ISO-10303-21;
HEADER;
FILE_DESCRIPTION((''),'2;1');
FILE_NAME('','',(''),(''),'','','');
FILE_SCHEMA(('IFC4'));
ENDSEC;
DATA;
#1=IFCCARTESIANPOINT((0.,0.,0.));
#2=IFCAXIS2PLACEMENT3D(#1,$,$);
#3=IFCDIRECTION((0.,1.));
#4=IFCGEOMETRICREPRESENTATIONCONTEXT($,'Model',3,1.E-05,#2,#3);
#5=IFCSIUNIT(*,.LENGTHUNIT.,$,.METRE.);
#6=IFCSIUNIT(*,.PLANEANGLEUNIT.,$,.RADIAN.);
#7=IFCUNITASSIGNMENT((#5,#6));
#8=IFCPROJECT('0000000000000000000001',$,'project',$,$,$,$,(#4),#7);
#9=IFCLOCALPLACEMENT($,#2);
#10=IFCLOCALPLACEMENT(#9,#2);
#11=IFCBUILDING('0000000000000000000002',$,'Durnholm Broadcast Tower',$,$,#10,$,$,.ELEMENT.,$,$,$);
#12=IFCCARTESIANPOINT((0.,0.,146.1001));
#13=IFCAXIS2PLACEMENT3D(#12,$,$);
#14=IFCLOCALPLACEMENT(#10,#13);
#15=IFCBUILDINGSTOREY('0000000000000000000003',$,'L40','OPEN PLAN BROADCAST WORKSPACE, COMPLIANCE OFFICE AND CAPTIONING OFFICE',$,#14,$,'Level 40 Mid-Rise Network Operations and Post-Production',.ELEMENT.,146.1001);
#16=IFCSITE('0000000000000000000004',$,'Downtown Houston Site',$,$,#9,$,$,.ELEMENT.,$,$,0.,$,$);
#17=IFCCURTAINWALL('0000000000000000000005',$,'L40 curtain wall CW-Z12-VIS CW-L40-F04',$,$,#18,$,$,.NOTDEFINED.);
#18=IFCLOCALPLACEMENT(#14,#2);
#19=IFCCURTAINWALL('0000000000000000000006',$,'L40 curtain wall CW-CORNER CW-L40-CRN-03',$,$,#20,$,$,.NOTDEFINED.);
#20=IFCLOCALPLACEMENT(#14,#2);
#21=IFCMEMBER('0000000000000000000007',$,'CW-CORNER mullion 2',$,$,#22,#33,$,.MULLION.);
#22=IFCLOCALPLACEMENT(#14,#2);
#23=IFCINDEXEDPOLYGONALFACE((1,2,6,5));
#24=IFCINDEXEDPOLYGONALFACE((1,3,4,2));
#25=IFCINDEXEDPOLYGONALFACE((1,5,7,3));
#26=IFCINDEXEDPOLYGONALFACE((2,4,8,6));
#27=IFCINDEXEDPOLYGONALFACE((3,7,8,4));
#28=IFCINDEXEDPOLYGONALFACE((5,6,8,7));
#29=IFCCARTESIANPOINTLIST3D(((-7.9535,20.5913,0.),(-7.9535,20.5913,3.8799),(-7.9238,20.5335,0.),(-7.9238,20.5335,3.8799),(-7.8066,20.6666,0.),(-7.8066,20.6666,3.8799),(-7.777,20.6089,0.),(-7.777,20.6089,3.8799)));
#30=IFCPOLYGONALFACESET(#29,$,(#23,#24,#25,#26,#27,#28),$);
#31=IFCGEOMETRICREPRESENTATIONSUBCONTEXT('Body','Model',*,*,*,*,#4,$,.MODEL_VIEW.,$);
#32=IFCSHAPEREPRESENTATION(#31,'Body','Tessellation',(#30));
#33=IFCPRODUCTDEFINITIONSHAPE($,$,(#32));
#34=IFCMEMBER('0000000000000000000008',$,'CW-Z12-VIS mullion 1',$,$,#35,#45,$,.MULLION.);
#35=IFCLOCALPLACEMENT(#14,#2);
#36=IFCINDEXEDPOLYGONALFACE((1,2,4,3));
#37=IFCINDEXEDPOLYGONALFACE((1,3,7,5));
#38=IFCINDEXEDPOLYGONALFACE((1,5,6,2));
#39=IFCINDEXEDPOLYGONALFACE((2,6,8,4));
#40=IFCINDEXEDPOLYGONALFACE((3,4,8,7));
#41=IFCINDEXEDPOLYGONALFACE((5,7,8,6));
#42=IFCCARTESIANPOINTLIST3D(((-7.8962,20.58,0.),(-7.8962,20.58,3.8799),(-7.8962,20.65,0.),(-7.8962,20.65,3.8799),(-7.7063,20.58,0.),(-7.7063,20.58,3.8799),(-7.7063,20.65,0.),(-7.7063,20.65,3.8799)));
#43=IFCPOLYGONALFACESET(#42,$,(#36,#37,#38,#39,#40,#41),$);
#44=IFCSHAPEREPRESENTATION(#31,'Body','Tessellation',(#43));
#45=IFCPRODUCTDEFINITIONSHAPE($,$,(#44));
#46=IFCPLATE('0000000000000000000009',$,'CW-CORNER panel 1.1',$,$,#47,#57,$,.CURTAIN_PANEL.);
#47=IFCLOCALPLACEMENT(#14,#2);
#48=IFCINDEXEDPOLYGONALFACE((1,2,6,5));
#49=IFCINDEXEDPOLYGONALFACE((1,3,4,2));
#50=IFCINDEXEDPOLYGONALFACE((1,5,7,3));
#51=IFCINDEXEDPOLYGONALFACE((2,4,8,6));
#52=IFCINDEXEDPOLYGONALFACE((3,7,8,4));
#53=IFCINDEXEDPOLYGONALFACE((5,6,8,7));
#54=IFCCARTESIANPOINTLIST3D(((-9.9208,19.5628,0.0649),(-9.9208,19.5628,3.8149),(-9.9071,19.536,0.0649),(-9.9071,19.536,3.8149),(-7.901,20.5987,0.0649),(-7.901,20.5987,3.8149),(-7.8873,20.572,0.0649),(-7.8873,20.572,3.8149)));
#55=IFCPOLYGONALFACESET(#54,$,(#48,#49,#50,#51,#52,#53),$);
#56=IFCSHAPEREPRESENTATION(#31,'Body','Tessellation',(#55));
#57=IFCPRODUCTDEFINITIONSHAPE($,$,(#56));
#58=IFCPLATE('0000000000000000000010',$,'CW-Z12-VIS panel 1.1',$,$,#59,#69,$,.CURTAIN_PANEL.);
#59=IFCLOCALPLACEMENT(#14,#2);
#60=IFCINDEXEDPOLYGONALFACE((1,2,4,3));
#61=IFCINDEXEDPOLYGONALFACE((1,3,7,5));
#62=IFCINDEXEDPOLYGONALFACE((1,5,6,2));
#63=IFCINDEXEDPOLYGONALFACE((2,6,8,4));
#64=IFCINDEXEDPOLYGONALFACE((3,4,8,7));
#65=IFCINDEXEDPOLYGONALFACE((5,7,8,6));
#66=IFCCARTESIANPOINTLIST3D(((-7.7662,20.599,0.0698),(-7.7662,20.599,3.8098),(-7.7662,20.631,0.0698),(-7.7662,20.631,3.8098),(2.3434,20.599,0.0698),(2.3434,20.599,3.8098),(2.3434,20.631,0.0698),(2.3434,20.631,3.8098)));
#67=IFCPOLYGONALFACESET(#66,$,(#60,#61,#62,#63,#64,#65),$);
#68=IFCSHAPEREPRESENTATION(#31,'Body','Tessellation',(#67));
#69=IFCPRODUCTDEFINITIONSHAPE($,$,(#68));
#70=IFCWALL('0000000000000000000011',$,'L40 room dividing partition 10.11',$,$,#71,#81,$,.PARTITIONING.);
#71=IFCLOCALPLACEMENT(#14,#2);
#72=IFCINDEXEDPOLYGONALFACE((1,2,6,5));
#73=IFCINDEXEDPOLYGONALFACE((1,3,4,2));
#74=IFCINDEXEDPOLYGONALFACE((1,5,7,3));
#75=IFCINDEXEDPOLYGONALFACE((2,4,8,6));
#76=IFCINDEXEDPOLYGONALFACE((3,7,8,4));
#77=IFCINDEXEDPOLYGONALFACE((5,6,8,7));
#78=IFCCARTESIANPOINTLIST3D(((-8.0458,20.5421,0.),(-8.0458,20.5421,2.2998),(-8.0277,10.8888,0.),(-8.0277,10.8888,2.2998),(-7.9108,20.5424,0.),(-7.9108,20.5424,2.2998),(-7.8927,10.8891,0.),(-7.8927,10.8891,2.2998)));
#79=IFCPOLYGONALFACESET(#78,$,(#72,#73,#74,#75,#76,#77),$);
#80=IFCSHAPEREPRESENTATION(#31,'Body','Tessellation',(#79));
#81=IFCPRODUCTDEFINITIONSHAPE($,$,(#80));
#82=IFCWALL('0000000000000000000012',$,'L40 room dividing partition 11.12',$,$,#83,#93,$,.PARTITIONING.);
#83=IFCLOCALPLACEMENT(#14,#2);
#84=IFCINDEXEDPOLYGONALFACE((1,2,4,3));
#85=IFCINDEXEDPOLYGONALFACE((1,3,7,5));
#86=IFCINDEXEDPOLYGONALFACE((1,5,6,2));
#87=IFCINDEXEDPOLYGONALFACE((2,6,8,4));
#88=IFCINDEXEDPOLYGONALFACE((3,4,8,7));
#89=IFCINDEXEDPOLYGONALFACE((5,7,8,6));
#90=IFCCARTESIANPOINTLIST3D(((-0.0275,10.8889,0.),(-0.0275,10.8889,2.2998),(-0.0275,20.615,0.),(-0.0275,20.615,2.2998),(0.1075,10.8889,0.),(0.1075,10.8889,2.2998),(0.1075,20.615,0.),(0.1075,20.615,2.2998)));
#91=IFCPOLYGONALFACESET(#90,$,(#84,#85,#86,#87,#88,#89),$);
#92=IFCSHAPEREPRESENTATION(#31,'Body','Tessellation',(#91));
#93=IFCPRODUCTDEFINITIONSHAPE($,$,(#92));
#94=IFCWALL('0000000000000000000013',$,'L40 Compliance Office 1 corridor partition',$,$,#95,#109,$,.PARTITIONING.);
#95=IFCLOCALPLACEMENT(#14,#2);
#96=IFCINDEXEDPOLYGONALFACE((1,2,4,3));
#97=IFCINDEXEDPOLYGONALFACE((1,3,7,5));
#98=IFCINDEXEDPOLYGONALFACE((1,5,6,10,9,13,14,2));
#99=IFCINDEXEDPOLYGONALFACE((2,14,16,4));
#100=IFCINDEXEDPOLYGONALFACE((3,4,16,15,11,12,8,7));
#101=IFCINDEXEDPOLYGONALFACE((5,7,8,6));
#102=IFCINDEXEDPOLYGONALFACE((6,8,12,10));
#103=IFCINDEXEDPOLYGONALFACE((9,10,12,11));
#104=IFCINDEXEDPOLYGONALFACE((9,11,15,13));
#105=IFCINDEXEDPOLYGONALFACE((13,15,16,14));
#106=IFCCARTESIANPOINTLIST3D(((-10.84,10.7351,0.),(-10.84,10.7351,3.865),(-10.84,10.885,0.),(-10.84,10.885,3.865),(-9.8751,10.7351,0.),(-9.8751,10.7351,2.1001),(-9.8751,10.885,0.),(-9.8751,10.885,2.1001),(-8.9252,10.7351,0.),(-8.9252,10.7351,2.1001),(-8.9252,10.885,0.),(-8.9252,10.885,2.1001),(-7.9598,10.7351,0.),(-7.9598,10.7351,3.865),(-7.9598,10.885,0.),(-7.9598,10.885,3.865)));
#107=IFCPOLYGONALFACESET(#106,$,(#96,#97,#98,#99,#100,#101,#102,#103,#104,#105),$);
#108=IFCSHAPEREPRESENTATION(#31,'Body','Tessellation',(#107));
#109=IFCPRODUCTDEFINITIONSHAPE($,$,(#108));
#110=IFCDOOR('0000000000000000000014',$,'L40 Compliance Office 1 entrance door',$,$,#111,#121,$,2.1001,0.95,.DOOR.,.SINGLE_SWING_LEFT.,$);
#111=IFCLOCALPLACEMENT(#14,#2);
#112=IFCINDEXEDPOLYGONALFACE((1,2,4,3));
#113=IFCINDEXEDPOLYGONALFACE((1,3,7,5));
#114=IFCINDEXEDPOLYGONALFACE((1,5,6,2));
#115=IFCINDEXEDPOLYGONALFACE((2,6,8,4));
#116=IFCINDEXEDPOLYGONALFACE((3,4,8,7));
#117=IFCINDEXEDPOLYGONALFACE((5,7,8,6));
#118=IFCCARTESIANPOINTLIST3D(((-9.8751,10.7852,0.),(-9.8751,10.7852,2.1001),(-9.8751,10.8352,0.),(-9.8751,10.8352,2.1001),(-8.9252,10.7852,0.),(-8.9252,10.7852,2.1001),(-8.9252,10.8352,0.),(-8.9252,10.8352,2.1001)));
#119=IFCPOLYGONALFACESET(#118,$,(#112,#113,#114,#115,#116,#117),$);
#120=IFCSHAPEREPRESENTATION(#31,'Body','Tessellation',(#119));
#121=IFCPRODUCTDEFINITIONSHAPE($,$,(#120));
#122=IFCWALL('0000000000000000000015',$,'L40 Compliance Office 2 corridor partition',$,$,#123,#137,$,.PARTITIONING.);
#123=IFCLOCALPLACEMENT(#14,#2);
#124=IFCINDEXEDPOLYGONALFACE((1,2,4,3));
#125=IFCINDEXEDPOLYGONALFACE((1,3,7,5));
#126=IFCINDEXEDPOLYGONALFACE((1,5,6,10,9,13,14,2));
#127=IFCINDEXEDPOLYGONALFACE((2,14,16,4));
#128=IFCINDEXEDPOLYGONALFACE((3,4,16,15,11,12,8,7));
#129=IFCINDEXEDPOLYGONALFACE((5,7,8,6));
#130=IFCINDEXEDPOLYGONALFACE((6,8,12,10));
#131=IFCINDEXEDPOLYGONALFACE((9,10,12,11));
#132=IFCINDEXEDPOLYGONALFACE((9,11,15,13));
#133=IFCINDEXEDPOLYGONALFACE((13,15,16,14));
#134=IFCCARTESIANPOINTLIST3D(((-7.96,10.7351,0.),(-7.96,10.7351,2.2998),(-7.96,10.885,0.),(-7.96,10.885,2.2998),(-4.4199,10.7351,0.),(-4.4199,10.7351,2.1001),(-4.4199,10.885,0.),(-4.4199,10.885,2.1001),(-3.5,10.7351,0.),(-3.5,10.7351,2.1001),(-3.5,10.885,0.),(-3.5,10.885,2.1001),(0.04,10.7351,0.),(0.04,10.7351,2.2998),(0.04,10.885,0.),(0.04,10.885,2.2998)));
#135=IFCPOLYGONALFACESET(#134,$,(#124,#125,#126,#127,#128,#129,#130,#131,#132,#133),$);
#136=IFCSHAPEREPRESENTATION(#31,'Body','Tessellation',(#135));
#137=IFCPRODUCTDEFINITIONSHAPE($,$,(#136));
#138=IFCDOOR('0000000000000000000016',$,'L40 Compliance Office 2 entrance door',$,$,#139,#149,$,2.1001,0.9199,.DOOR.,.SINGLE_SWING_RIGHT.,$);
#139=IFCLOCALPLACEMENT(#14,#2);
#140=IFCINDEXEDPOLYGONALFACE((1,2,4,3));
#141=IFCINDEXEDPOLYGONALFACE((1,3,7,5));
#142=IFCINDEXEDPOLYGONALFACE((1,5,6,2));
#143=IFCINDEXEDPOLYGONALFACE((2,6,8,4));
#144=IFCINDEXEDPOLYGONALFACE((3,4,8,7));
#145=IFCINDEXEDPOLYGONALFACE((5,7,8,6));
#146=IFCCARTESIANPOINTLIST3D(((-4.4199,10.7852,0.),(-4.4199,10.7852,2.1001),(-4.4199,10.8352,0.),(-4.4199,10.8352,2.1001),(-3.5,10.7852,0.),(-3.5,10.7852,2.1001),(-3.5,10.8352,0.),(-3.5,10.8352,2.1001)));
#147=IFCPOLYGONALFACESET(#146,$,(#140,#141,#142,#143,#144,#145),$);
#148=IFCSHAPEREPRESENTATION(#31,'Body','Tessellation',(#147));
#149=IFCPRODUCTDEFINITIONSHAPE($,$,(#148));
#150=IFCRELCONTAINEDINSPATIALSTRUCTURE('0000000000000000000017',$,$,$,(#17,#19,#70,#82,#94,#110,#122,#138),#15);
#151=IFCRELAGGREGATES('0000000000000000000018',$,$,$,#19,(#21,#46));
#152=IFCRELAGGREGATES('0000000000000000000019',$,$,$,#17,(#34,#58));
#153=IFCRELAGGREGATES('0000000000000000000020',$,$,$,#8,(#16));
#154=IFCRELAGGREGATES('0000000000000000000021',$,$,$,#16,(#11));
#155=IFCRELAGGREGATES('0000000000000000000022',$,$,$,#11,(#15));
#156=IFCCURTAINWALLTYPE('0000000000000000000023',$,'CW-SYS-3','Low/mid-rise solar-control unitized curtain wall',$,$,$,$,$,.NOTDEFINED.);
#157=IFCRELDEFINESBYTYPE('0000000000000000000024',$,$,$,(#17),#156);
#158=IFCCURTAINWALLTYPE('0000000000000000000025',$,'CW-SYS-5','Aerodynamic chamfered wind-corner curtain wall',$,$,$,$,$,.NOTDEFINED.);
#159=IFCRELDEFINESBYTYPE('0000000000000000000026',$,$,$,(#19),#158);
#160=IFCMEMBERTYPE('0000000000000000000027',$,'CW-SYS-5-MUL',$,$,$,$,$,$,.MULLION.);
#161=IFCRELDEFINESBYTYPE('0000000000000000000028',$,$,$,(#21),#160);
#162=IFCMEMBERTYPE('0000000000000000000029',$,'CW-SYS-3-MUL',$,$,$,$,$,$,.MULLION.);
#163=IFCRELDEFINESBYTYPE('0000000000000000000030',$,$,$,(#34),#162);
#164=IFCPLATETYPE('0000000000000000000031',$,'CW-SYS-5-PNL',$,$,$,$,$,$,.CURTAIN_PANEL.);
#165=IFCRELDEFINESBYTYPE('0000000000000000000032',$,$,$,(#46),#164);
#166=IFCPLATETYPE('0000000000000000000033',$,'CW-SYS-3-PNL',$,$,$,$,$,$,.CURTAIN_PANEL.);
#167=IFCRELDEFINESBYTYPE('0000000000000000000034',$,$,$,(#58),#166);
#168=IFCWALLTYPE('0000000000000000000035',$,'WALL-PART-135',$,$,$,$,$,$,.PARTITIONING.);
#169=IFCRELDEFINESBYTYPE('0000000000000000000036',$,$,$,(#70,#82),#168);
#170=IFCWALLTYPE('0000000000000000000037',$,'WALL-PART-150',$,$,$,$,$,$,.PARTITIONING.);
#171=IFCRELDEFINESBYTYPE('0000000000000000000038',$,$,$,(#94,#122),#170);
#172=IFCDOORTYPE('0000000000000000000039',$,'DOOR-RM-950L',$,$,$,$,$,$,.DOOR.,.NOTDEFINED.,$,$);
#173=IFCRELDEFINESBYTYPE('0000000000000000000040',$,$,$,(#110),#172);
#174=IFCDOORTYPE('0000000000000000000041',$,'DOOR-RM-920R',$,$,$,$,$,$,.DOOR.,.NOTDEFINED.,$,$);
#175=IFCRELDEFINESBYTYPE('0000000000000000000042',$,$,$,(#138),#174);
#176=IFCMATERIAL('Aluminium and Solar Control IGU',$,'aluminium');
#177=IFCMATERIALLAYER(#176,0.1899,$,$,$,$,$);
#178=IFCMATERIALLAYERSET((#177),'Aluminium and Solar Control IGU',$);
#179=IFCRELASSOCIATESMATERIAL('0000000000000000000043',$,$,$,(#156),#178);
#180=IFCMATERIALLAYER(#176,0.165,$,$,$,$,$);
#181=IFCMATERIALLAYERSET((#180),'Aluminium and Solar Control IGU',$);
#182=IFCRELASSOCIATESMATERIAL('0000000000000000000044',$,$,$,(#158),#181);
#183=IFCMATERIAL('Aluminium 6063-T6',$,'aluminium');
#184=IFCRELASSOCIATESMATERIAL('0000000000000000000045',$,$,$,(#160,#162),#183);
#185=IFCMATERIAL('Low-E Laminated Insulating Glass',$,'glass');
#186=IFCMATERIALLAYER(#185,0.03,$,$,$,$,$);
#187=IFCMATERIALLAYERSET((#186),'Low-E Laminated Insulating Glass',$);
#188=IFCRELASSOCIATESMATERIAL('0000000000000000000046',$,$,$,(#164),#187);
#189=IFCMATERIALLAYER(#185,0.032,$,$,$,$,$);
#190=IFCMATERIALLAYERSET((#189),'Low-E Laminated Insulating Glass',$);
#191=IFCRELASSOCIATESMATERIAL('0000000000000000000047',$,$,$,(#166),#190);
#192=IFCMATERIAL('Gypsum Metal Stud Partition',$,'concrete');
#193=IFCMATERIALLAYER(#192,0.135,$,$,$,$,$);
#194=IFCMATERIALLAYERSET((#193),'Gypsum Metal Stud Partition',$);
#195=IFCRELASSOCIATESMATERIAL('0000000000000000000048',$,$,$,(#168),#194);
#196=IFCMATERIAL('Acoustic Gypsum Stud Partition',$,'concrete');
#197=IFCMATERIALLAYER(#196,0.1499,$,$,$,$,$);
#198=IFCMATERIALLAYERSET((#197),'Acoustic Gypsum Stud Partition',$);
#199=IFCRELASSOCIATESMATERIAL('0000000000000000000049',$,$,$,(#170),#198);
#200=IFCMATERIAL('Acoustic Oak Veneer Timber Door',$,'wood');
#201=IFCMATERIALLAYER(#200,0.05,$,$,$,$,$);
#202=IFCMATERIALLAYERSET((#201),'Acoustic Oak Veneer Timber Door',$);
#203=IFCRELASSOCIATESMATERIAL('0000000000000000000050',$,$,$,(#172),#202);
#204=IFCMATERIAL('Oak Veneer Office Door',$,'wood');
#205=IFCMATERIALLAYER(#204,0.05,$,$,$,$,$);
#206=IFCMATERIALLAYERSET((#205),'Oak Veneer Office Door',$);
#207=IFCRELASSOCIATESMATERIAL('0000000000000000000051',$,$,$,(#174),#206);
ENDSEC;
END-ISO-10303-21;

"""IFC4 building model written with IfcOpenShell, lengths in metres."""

from ifc_helpers import new_model, si_unit, direction, frame, frame_2d, origin, origin_2d, place, context, subcontext, project, spatial, rectangle, extrude, source, transform, mapped, material, layer, layer_set, material_profile, profile_set, type_object, type_shapes, element, fill, aggregate, save


model = new_model("IFC4")

# Units and contexts
model_context = context("Model", 3, precision=1e-05, world=origin(), true_north=direction((0.0, 1.0)))
body_context = subcontext(model_context, "Body", "Model", "MODEL_VIEW")
ifc_project = project(units=[si_unit("LENGTHUNIT", "METRE"), si_unit("PLANEANGLEUNIT", "RADIAN")], contexts=[model_context])

# Site, building, storey
site_placement = place(None, origin())
site = spatial("IfcSite", under=ifc_project, at=site_placement, Name="Downtown Houston Site", CompositionType="ELEMENT", RefElevation=0.0)
building_placement = place(site_placement, origin())
building = spatial("IfcBuilding", under=site, at=building_placement, Name="Durnholm Broadcast Tower", CompositionType="ELEMENT")
storey_placement = place(building_placement, frame((0.0, 0.0, 146.1001)))
storey = spatial("IfcBuildingStorey", under=building, at=storey_placement, Name="L40", Description="OPEN PLAN BROADCAST WORKSPACE, COMPLIANCE OFFICE AND CAPTIONING OFFICE", LongName="Level 40 Mid-Rise Network Operations and Post-Production", CompositionType="ELEMENT", Elevation=146.1001)

# Curtain wall
ifc_material_1 = material(Name="Aluminium and Solar Control IGU", Category="aluminium")
ifc_layer_1 = layer(ifc_material_1, 0.1899)
ifc_layer_set_1 = layer_set([ifc_layer_1], Name="Aluminium and Solar Control IGU")
curtain_wall_type_1 = type_object("IfcCurtainWallType", Name="CW-SYS-3", Description="Low/mid-rise solar-control unitized curtain wall", PredefinedType="NOTDEFINED", material=ifc_layer_set_1)
curtain_wall_1_placement = place(storey_placement, origin())
curtain_wall_1 = element("IfcCurtainWall", 1, at=curtain_wall_1_placement, inside=storey, type_object=curtain_wall_type_1, Name="L40 curtain wall CW-Z12-VIS CW-L40-F04", PredefinedType="NOTDEFINED")
ifc_material_2 = material(Name="Aluminium 6063-T6", Category="aluminium")

# Curtain wall, member
ifc_layer_2 = layer(ifc_material_1, 0.165)
ifc_layer_set_2 = layer_set([ifc_layer_2], Name="Aluminium and Solar Control IGU")
curtain_wall_type_2 = type_object("IfcCurtainWallType", Name="CW-SYS-5", Description="Aerodynamic chamfered wind-corner curtain wall", PredefinedType="NOTDEFINED", material=ifc_layer_set_2)
curtain_wall_2_placement = place(storey_placement, origin())
curtain_wall_2 = element("IfcCurtainWall", 2, at=curtain_wall_2_placement, inside=storey, type_object=curtain_wall_type_2, Name="L40 curtain wall CW-CORNER CW-L40-CRN-03", PredefinedType="NOTDEFINED")
ifc_material_profile_1 = material_profile(ifc_material_2, rectangle(XDim=0.0649, YDim=0.165, at=origin_2d()), Name="CWM65X165")
ifc_profile_set_1 = profile_set([ifc_material_profile_1], Name="Aluminium 6063-T6")
member_type_1 = type_object("IfcMemberType", Name="CW-SYS-5-MUL", PredefinedType="MULLION", material=ifc_profile_set_1)
shared_shape_1 = source(origin(), body_context, "Body", "SweptSolid", [
    extrude(rectangle(XDim=0.0649, YDim=0.165, at=origin_2d()), origin(), (0.0, 0.0, 1.0), 3.8799),
])
type_shapes(member_type_1, [shared_shape_1])
member_1_placement = place(storey_placement, frame((-7.8652, 20.6001, 0.0), z_axis=(0.0, 0.0, 1.0), x_axis=(-0.456373, 0.889788, 0.0)))
member_1 = element("IfcMember", 3, at=member_1_placement, type_object=member_type_1, Name="CW-CORNER mullion 2", PredefinedType="MULLION", context=body_context, shape_type="MappedRepresentation", body=[
    mapped(shared_shape_1, transform((0.0, 0.0, 0.0), x_axis=(1.0, 0.0, 0.0), y_axis=(0.0, 1.0, 0.0), z_axis=(0.0, 0.0, 1.0), scale=1.0)),
])

# Member
ifc_material_profile_2 = material_profile(ifc_material_2, rectangle(XDim=0.0701, YDim=0.1899, at=origin_2d()), Name="CWM70X190")
ifc_profile_set_2 = profile_set([ifc_material_profile_2], Name="Aluminium 6063-T6")
member_type_2 = type_object("IfcMemberType", Name="CW-SYS-3-MUL", PredefinedType="MULLION", material=ifc_profile_set_2)
shared_shape_2 = source(origin(), body_context, "Body", "SweptSolid", [
    extrude(rectangle(XDim=0.0701, YDim=0.1899, at=origin_2d()), origin(), (0.0, 0.0, 1.0), 3.8799),
])
type_shapes(member_type_2, [shared_shape_2])
member_2_placement = place(storey_placement, frame((-7.8013, 20.615, 0.0), z_axis=(0.0, 0.0, 1.0), x_axis=(0.0, 1.0, 0.0)))
member_2 = element("IfcMember", 4, at=member_2_placement, type_object=member_type_2, Name="CW-Z12-VIS mullion 1", PredefinedType="MULLION", context=body_context, shape_type="MappedRepresentation", body=[
    mapped(shared_shape_2, transform((0.0, 0.0, 0.0), x_axis=(1.0, 0.0, 0.0), y_axis=(0.0, 1.0, 0.0), z_axis=(0.0, 0.0, 1.0), scale=1.0)),
])

# Plates
ifc_material_3 = material(Name="Low-E Laminated Insulating Glass", Category="glass")
ifc_layer_3 = layer(ifc_material_3, 0.03)
ifc_layer_set_3 = layer_set([ifc_layer_3], Name="Low-E Laminated Insulating Glass")
plate_type_1 = type_object("IfcPlateType", Name="CW-SYS-5-PNL", PredefinedType="CURTAIN_PANEL", material=ifc_layer_set_3)
shared_shape_3 = source(origin(), body_context, "Body", "SweptSolid", [
    extrude(rectangle(XDim=2.27, YDim=0.03, at=origin_2d()), origin(), (0.0, 0.0, 1.0), 3.75),
])
type_shapes(plate_type_1, [shared_shape_3])
plate_1_placement = place(storey_placement, frame((-8.9041, 20.0674, 0.0649), z_axis=(0.0, 0.0, 1.0), x_axis=(0.889788, 0.456373, 0.0)))
plate_1 = element("IfcPlate", 5, at=plate_1_placement, type_object=plate_type_1, Name="CW-CORNER panel 1.1", PredefinedType="CURTAIN_PANEL", context=body_context, shape_type="MappedRepresentation", body=[
    mapped(shared_shape_3, transform((0.0, 0.0, 0.0), x_axis=(1.0, 0.0, 0.0), y_axis=(0.0, 1.0, 0.0), z_axis=(0.0, 0.0, 1.0), scale=1.0)),
])
aggregate(curtain_wall_2, [member_1, plate_1])
ifc_layer_4 = layer(ifc_material_3, 0.032)
ifc_layer_set_4 = layer_set([ifc_layer_4], Name="Low-E Laminated Insulating Glass")
plate_type_2 = type_object("IfcPlateType", Name="CW-SYS-3-PNL", PredefinedType="CURTAIN_PANEL", material=ifc_layer_set_4)
shared_shape_4 = source(origin(), body_context, "Body", "SweptSolid", [
    extrude(rectangle(XDim=10.1096, YDim=0.032, at=origin_2d()), origin(), (0.0, 0.0, 1.0), 3.74),
])
type_shapes(plate_type_2, [shared_shape_4])
plate_2_placement = place(storey_placement, frame((-2.7114, 20.615, 0.0698), z_axis=(0.0, 0.0, 1.0), x_axis=(1.0, 0.0, 0.0)))
plate_2 = element("IfcPlate", 6, at=plate_2_placement, type_object=plate_type_2, Name="CW-Z12-VIS panel 1.1", PredefinedType="CURTAIN_PANEL", context=body_context, shape_type="MappedRepresentation", body=[
    mapped(shared_shape_4, transform((0.0, 0.0, 0.0), x_axis=(1.0, 0.0, 0.0), y_axis=(0.0, 1.0, 0.0), z_axis=(0.0, 0.0, 1.0), scale=1.0)),
])
aggregate(curtain_wall_1, [member_2, plate_2])

# Walls
ifc_material_4 = material(Name="Gypsum Metal Stud Partition", Category="concrete")
ifc_layer_5 = layer(ifc_material_4, 0.135)
ifc_layer_set_5 = layer_set([ifc_layer_5], Name="Gypsum Metal Stud Partition")
wall_type_1 = type_object("IfcWallType", Name="WALL-PART-135", PredefinedType="PARTITIONING", material=ifc_layer_set_5)
wall_1_placement = place(storey_placement, frame((-7.9783, 20.5422, 0.0), z_axis=(0.0, 0.0, 1.0), x_axis=(0.001872, -0.999998, 0.0)))
element("IfcWall", 7, at=wall_1_placement, inside=storey, type_object=wall_type_1, Name="L40 room dividing partition 10.11", PredefinedType="PARTITIONING", context=body_context, shape_type="SweptSolid", body=[
    extrude(rectangle(XDim=9.6533, YDim=0.135, at=frame_2d((4.8267, 0.0))), origin(), (0.0, 0.0, 1.0), 2.2998),
])
wall_2_placement = place(storey_placement, frame((0.04, 20.615, 0.0), z_axis=(0.0, 0.0, 1.0), x_axis=(0.0, -1.0, 0.0)))
element("IfcWall", 8, at=wall_2_placement, inside=storey, type_object=wall_type_1, Name="L40 room dividing partition 11.12", PredefinedType="PARTITIONING", context=body_context, shape_type="SweptSolid", body=[
    extrude(rectangle(XDim=9.7261, YDim=0.135, at=frame_2d((4.863, 0.0))), origin(), (0.0, 0.0, 1.0), 2.2998),
])

# Walls, openings, doors
ifc_material_5 = material(Name="Acoustic Gypsum Stud Partition", Category="concrete")
ifc_layer_6 = layer(ifc_material_5, 0.1499)
ifc_layer_set_6 = layer_set([ifc_layer_6], Name="Acoustic Gypsum Stud Partition")
wall_type_2 = type_object("IfcWallType", Name="WALL-PART-150", PredefinedType="PARTITIONING", material=ifc_layer_set_6)
wall_3_placement = place(storey_placement, frame((-7.96, 10.8101, 0.0), z_axis=(0.0, 0.0, 1.0), x_axis=(-1.0, 0.0, 0.0)))
wall_3 = element("IfcWall", 9, at=wall_3_placement, inside=storey, type_object=wall_type_2, Name="L40 Compliance Office 1 corridor partition", PredefinedType="PARTITIONING", context=body_context, shape_type="SweptSolid", body=[
    extrude(rectangle(XDim=2.8801, YDim=0.1499, at=frame_2d((1.4399, 0.0))), origin(), (0.0, 0.0, 1.0), 3.865),
])
opening_1_placement = place(wall_3_placement, frame((0.9651, 0.0, 0.0)))
opening_1 = element("IfcOpeningElement", 10, at=opening_1_placement, cuts=wall_3, PredefinedType="OPENING", context=body_context, shape_type="SweptSolid", body=[
    extrude(rectangle(XDim=0.95, YDim=2.1001, at=frame_2d((0.4751, 1.05))), frame((0.0, 0.085, 0.0), z_axis=(0.0, -1.0, 0.0), x_axis=(1.0, 0.0, 0.0)), (0.0, 0.0, 1.0), 0.1699),
])
ifc_material_6 = material(Name="Acoustic Oak Veneer Timber Door", Category="wood")
ifc_layer_7 = layer(ifc_material_6, 0.05)
ifc_layer_set_7 = layer_set([ifc_layer_7], Name="Acoustic Oak Veneer Timber Door")
door_type_1 = type_object("IfcDoorType", Name="DOOR-RM-950L", OperationType="NOTDEFINED", PredefinedType="DOOR", material=ifc_layer_set_7)
shared_shape_5 = source(origin(), body_context, "Body", "SweptSolid", [
    extrude(rectangle(XDim=0.95, YDim=2.1001, at=frame_2d((0.4751, 1.05))), frame((0.0, 0.0249, 0.0), z_axis=(0.0, -1.0, 0.0), x_axis=(1.0, 0.0, 0.0)), (0.0, 0.0, 1.0), 0.05),
])
type_shapes(door_type_1, [shared_shape_5])
door_1_placement = place(opening_1_placement, origin())
door_1 = element("IfcDoor", 11, at=door_1_placement, inside=storey, type_object=door_type_1, Name="L40 Compliance Office 1 entrance door", OperationType="SINGLE_SWING_LEFT", OverallHeight=2.1001, OverallWidth=0.95, PredefinedType="DOOR", context=body_context, shape_type="MappedRepresentation", body=[
    mapped(shared_shape_5, transform((0.0, 0.0, 0.0), x_axis=(1.0, 0.0, 0.0), y_axis=(0.0, 1.0, 0.0), z_axis=(0.0, 0.0, 1.0), scale=1.0)),
])
fill(opening_1, door_1)
wall_4_placement = place(storey_placement, frame((0.04, 10.8101, 0.0), z_axis=(0.0, 0.0, 1.0), x_axis=(-1.0, 0.0, 0.0)))
wall_4 = element("IfcWall", 12, at=wall_4_placement, inside=storey, type_object=wall_type_2, Name="L40 Compliance Office 2 corridor partition", PredefinedType="PARTITIONING", context=body_context, shape_type="SweptSolid", body=[
    extrude(rectangle(XDim=8.0, YDim=0.1499, at=frame_2d((4.0, 0.0))), origin(), (0.0, 0.0, 1.0), 2.2998),
])
opening_2_placement = place(wall_4_placement, frame((3.54, 0.0, 0.0)))
opening_2 = element("IfcOpeningElement", 13, at=opening_2_placement, cuts=wall_4, PredefinedType="OPENING", context=body_context, shape_type="SweptSolid", body=[
    extrude(rectangle(XDim=0.9199, YDim=2.1001, at=frame_2d((0.46, 1.05))), frame((0.0, 0.085, 0.0), z_axis=(0.0, -1.0, 0.0), x_axis=(1.0, 0.0, 0.0)), (0.0, 0.0, 1.0), 0.1699),
])
ifc_material_7 = material(Name="Oak Veneer Office Door", Category="wood")
ifc_layer_8 = layer(ifc_material_7, 0.05)
ifc_layer_set_8 = layer_set([ifc_layer_8], Name="Oak Veneer Office Door")
door_type_2 = type_object("IfcDoorType", Name="DOOR-RM-920R", OperationType="NOTDEFINED", PredefinedType="DOOR", material=ifc_layer_set_8)
shared_shape_6 = source(origin(), body_context, "Body", "SweptSolid", [
    extrude(rectangle(XDim=0.9199, YDim=2.1001, at=frame_2d((0.46, 1.05))), frame((0.0, 0.0249, 0.0), z_axis=(0.0, -1.0, 0.0), x_axis=(1.0, 0.0, 0.0)), (0.0, 0.0, 1.0), 0.05),
])
type_shapes(door_type_2, [shared_shape_6])
door_2_placement = place(opening_2_placement, origin())
door_2 = element("IfcDoor", 14, at=door_2_placement, inside=storey, type_object=door_type_2, Name="L40 Compliance Office 2 entrance door", OperationType="SINGLE_SWING_RIGHT", OverallHeight=2.1001, OverallWidth=0.9199, PredefinedType="DOOR", context=body_context, shape_type="MappedRepresentation", body=[
    mapped(shared_shape_6, transform((0.0, 0.0, 0.0), x_axis=(1.0, 0.0, 0.0), y_axis=(0.0, 1.0, 0.0), z_axis=(0.0, 0.0, 1.0), scale=1.0)),
])
fill(opening_2, door_2)

save(model, "model.ifc")
